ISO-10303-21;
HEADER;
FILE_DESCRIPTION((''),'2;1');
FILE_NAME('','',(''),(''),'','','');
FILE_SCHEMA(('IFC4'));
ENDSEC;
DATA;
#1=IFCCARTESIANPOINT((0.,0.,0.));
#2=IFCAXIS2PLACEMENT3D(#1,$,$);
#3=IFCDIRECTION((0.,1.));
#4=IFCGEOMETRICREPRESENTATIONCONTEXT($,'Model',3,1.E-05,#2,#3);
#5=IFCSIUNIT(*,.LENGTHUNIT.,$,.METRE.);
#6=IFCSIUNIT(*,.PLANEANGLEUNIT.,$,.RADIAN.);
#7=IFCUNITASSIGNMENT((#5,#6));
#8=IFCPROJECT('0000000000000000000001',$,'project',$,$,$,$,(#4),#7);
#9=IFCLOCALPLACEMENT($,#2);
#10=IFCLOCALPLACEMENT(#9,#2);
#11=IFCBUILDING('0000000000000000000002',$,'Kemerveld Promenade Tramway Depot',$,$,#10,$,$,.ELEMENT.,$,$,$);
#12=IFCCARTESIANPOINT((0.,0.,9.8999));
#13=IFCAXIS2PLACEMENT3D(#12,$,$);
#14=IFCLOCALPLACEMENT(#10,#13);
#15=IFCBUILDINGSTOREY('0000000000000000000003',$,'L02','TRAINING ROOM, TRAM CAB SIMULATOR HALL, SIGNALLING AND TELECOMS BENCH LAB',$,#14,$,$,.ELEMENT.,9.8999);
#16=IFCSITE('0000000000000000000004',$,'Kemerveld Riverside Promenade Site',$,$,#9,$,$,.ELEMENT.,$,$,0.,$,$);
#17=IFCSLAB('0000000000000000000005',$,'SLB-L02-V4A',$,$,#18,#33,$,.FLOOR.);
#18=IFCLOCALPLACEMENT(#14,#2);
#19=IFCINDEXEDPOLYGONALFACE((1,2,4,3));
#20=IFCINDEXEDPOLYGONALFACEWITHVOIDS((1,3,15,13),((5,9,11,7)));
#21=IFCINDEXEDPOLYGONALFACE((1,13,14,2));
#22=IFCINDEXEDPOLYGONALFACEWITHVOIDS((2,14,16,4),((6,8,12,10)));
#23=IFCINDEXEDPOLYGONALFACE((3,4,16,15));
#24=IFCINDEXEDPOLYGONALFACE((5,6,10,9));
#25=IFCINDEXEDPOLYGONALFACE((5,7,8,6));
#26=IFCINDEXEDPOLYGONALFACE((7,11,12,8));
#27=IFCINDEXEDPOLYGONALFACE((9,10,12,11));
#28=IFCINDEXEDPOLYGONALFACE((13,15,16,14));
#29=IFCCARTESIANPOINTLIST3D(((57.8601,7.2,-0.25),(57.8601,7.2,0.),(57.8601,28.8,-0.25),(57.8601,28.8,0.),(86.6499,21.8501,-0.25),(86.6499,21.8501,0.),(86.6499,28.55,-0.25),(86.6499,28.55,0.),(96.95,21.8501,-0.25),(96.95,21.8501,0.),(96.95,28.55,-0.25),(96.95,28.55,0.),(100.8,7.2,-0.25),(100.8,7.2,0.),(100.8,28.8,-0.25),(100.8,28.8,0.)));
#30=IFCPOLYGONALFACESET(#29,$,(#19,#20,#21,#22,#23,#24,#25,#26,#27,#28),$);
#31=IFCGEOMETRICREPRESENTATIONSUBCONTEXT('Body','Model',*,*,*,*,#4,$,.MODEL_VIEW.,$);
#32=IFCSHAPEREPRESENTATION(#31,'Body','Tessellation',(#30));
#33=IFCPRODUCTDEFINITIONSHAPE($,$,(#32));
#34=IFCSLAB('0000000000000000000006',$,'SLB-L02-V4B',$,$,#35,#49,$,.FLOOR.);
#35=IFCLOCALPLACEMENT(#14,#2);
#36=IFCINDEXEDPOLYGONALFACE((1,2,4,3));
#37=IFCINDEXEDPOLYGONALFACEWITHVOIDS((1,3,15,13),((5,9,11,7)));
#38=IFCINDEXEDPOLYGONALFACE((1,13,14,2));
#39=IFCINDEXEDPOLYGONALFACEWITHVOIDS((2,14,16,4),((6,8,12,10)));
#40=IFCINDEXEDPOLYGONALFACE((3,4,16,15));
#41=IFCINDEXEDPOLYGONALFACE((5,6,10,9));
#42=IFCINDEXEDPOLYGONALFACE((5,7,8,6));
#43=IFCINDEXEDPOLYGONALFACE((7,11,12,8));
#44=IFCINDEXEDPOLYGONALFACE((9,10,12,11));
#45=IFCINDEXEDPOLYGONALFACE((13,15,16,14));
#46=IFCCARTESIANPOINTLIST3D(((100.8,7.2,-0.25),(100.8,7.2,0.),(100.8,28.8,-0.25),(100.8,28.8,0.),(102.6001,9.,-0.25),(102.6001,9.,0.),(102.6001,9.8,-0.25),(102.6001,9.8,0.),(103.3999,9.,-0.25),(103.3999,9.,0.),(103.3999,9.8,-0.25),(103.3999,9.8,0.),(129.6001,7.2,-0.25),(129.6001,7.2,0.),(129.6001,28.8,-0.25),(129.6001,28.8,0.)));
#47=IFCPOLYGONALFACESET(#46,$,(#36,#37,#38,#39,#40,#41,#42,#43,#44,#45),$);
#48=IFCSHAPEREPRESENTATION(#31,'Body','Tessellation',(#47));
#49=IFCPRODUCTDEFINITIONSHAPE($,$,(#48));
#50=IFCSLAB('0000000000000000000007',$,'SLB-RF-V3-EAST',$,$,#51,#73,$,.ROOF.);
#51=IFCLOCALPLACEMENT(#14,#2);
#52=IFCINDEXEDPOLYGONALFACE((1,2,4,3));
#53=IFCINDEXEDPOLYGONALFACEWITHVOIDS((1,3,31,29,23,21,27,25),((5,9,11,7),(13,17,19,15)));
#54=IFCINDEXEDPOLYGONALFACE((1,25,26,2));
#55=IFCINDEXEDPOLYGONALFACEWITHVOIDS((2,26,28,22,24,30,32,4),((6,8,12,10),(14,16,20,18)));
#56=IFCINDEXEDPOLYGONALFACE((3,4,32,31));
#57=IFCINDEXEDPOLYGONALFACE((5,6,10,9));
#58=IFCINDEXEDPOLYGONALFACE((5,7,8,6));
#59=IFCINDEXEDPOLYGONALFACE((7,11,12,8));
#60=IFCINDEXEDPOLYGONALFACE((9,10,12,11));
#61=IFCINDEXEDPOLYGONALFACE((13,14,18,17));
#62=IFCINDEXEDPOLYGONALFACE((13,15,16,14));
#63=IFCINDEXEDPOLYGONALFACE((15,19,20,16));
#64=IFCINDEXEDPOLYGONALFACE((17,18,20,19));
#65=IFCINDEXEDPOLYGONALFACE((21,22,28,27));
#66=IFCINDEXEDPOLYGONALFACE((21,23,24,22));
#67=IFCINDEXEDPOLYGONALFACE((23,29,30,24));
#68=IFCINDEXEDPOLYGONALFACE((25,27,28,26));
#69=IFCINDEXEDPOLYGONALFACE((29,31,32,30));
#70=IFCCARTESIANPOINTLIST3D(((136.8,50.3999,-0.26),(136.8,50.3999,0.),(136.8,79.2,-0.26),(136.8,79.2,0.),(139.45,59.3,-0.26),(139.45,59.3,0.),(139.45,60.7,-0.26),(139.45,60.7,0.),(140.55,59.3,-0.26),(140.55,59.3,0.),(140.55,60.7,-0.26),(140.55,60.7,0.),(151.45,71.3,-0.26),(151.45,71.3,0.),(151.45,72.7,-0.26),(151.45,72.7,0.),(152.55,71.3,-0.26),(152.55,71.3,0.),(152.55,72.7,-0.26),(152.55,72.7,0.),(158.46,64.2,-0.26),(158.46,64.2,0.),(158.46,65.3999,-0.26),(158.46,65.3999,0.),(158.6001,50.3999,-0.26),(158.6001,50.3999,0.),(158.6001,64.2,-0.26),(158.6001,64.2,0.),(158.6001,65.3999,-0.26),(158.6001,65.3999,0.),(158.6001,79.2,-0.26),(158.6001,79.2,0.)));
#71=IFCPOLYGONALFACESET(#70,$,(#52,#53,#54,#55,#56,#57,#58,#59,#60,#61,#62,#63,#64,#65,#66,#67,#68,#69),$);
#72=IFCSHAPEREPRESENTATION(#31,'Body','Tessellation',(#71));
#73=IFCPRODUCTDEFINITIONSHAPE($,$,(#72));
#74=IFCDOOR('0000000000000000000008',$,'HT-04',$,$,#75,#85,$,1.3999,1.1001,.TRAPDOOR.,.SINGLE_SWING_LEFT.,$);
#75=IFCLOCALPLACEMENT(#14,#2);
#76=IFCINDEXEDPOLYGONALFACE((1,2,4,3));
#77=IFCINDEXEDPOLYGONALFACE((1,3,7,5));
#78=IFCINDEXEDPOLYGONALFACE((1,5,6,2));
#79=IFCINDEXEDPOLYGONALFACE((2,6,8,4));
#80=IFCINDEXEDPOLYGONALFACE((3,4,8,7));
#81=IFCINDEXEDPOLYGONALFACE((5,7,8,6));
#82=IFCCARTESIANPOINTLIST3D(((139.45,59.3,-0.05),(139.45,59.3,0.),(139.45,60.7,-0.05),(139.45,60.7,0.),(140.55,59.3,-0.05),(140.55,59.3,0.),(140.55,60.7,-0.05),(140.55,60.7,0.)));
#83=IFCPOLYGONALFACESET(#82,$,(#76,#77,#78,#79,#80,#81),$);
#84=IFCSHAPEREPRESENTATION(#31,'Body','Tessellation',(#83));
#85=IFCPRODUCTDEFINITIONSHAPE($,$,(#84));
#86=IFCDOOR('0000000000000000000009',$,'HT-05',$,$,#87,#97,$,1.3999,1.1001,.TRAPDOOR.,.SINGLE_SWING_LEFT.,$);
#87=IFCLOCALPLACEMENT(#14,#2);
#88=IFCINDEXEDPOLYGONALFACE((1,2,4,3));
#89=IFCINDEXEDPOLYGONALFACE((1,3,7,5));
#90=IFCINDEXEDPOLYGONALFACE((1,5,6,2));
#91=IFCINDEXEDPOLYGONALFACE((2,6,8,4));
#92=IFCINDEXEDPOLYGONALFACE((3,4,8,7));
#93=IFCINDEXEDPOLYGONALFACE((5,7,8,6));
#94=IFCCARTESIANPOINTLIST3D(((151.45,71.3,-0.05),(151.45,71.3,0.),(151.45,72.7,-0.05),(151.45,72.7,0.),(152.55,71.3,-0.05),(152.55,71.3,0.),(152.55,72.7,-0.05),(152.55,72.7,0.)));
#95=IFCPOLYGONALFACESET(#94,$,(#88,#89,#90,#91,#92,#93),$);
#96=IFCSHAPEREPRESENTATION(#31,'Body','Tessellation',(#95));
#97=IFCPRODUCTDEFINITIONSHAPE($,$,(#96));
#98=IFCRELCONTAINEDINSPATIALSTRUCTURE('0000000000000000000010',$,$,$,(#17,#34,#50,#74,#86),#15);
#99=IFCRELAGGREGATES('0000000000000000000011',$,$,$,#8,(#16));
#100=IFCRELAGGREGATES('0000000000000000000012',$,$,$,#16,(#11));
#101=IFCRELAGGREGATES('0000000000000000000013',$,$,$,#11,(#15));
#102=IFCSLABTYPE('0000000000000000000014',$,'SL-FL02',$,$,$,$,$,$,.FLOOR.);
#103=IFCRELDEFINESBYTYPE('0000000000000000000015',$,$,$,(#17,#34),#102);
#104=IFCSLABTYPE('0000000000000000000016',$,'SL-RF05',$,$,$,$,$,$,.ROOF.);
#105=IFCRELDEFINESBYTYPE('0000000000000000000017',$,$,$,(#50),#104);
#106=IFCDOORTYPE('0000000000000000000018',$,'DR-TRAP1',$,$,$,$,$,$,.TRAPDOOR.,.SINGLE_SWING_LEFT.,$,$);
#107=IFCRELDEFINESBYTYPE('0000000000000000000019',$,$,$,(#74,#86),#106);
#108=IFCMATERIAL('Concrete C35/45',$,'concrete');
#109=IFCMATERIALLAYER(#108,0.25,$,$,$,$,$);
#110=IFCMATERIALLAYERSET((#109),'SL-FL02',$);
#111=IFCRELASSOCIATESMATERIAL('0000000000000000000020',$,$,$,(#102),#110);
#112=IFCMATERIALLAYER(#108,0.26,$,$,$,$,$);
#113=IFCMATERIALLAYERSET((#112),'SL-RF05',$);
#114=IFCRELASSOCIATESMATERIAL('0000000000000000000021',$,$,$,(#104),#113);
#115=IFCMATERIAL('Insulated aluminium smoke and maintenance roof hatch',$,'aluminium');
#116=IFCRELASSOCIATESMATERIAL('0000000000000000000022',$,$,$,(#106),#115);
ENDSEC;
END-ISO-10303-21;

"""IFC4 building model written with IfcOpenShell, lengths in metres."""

from ifc_helpers import new_model, si_unit, direction, frame, origin, origin_2d, place, context, subcontext, project, spatial, polyline, rectangle, outline, extrude, material, layer, layer_set, type_object, element, fill, save


model = new_model("IFC4")

# Units and contexts
model_context = context("Model", 3, precision=1e-05, world=origin(), true_north=direction((0.0, 1.0)))
body_context = subcontext(model_context, "Body", "Model", "MODEL_VIEW")
ifc_project = project(units=[si_unit("LENGTHUNIT", "METRE"), si_unit("PLANEANGLEUNIT", "RADIAN")], contexts=[model_context])

# Site, building, storey
site_placement = place(None, origin())
site = spatial("IfcSite", under=ifc_project, at=site_placement, Name="Kemerveld Riverside Promenade Site", CompositionType="ELEMENT", RefElevation=0.0)
building_placement = place(site_placement, origin())
building = spatial("IfcBuilding", under=site, at=building_placement, Name="Kemerveld Promenade Tramway Depot", CompositionType="ELEMENT")
storey_placement = place(building_placement, frame((0.0, 0.0, 9.8999)))
storey = spatial("IfcBuildingStorey", under=building, at=storey_placement, Name="L02", Description="TRAINING ROOM, TRAM CAB SIMULATOR HALL, SIGNALLING AND TELECOMS BENCH LAB", CompositionType="ELEMENT", Elevation=9.8999)

# Slabs
ifc_material_1 = material(Name="Concrete C35/45", Category="concrete")
ifc_layer_1 = layer(ifc_material_1, 0.25)
ifc_layer_set_1 = layer_set([ifc_layer_1], Name="SL-FL02")
slab_type_1 = type_object("IfcSlabType", Name="SL-FL02", PredefinedType="FLOOR", material=ifc_layer_set_1)
slab_1_placement = place(storey_placement, frame((0.0, 0.0, -0.25)))
element("IfcSlab", 1, at=slab_1_placement, inside=storey, type_object=slab_type_1, Name="SLB-L02-V4A", PredefinedType="FLOOR", context=body_context, shape_type="SweptSolid", body=[
    extrude(outline(polyline([(57.8601, 7.2), (100.8, 7.2), (100.8, 28.8), (57.8601, 28.8), (57.8601, 7.2)]), holes=[polyline([(86.6499, 21.8501), (96.95, 21.8501), (96.95, 28.55), (86.6499, 28.55), (86.6499, 21.8501)])]), origin(), (0.0, 0.0, 1.0), 0.25),
])
slab_2_placement = place(storey_placement, frame((0.0, 0.0, -0.25)))
element("IfcSlab", 2, at=slab_2_placement, inside=storey, type_object=slab_type_1, Name="SLB-L02-V4B", PredefinedType="FLOOR", context=body_context, shape_type="SweptSolid", body=[
    extrude(outline(polyline([(100.8, 7.2), (129.6001, 7.2), (129.6001, 28.8), (100.8, 28.8), (100.8, 7.2)]), holes=[polyline([(102.6001, 9.0), (103.3999, 9.0), (103.3999, 9.8), (102.6001, 9.8), (102.6001, 9.0)])]), origin(), (0.0, 0.0, 1.0), 0.25),
])

# Slab, openings, doors
ifc_layer_2 = layer(ifc_material_1, 0.26)
ifc_layer_set_2 = layer_set([ifc_layer_2], Name="SL-RF05")
slab_type_2 = type_object("IfcSlabType", Name="SL-RF05", PredefinedType="ROOF", material=ifc_layer_set_2)
slab_3_placement = place(storey_placement, frame((0.0, 0.0, -0.26)))
slab_3 = element("IfcSlab", 3, at=slab_3_placement, inside=storey, type_object=slab_type_2, Name="SLB-RF-V3-EAST", PredefinedType="ROOF", context=body_context, shape_type="SweptSolid", body=[
    extrude(outline(polyline([(136.8, 50.3999), (158.6001, 50.3999), (158.6001, 64.2), (158.46, 64.2), (158.46, 65.3999), (158.6001, 65.3999), (158.6001, 79.2), (136.8, 79.2), (136.8, 50.3999)])), origin(), (0.0, 0.0, 1.0), 0.26),
])
opening_1_placement = place(slab_3_placement, frame((140.0, 60.0, 0.0)))
opening_1 = element("IfcOpeningElement", 4, at=opening_1_placement, cuts=slab_3, PredefinedType="OPENING", context=body_context, shape_type="SweptSolid", body=[
    extrude(rectangle(XDim=1.1001, YDim=1.3999, at=origin_2d()), frame((0.0, 0.0, -0.01)), (0.0, 0.0, 1.0), 0.28),
])
opening_2_placement = place(slab_3_placement, frame((152.0, 72.0, 0.0)))
opening_2 = element("IfcOpeningElement", 5, at=opening_2_placement, cuts=slab_3, PredefinedType="OPENING", context=body_context, shape_type="SweptSolid", body=[
    extrude(rectangle(XDim=1.1001, YDim=1.3999, at=origin_2d()), frame((0.0, 0.0, -0.01)), (0.0, 0.0, 1.0), 0.28),
])
ifc_material_2 = material(Name="Insulated aluminium smoke and maintenance roof hatch", Category="aluminium")
door_type = type_object("IfcDoorType", Name="DR-TRAP1", OperationType="SINGLE_SWING_LEFT", PredefinedType="TRAPDOOR", material=ifc_material_2)
door_1_placement = place(opening_1_placement, frame((0.0, 0.0, 0.21)))
door_1 = element("IfcDoor", 6, at=door_1_placement, inside=storey, type_object=door_type, Name="HT-04", OperationType="SINGLE_SWING_LEFT", OverallHeight=1.3999, OverallWidth=1.1001, PredefinedType="TRAPDOOR", context=body_context, shape_type="SweptSolid", body=[
    extrude(rectangle(XDim=1.1001, YDim=1.3999, at=origin_2d()), origin(), (0.0, 0.0, 1.0), 0.05),
])
fill(opening_1, door_1)
door_2_placement = place(opening_2_placement, frame((0.0, 0.0, 0.21)))
door_2 = element("IfcDoor", 7, at=door_2_placement, inside=storey, type_object=door_type, Name="HT-05", OperationType="SINGLE_SWING_LEFT", OverallHeight=1.3999, OverallWidth=1.1001, PredefinedType="TRAPDOOR", context=body_context, shape_type="SweptSolid", body=[
    extrude(rectangle(XDim=1.1001, YDim=1.3999, at=origin_2d()), origin(), (0.0, 0.0, 1.0), 0.05),
])
fill(opening_2, door_2)

save(model, "model.ifc")
